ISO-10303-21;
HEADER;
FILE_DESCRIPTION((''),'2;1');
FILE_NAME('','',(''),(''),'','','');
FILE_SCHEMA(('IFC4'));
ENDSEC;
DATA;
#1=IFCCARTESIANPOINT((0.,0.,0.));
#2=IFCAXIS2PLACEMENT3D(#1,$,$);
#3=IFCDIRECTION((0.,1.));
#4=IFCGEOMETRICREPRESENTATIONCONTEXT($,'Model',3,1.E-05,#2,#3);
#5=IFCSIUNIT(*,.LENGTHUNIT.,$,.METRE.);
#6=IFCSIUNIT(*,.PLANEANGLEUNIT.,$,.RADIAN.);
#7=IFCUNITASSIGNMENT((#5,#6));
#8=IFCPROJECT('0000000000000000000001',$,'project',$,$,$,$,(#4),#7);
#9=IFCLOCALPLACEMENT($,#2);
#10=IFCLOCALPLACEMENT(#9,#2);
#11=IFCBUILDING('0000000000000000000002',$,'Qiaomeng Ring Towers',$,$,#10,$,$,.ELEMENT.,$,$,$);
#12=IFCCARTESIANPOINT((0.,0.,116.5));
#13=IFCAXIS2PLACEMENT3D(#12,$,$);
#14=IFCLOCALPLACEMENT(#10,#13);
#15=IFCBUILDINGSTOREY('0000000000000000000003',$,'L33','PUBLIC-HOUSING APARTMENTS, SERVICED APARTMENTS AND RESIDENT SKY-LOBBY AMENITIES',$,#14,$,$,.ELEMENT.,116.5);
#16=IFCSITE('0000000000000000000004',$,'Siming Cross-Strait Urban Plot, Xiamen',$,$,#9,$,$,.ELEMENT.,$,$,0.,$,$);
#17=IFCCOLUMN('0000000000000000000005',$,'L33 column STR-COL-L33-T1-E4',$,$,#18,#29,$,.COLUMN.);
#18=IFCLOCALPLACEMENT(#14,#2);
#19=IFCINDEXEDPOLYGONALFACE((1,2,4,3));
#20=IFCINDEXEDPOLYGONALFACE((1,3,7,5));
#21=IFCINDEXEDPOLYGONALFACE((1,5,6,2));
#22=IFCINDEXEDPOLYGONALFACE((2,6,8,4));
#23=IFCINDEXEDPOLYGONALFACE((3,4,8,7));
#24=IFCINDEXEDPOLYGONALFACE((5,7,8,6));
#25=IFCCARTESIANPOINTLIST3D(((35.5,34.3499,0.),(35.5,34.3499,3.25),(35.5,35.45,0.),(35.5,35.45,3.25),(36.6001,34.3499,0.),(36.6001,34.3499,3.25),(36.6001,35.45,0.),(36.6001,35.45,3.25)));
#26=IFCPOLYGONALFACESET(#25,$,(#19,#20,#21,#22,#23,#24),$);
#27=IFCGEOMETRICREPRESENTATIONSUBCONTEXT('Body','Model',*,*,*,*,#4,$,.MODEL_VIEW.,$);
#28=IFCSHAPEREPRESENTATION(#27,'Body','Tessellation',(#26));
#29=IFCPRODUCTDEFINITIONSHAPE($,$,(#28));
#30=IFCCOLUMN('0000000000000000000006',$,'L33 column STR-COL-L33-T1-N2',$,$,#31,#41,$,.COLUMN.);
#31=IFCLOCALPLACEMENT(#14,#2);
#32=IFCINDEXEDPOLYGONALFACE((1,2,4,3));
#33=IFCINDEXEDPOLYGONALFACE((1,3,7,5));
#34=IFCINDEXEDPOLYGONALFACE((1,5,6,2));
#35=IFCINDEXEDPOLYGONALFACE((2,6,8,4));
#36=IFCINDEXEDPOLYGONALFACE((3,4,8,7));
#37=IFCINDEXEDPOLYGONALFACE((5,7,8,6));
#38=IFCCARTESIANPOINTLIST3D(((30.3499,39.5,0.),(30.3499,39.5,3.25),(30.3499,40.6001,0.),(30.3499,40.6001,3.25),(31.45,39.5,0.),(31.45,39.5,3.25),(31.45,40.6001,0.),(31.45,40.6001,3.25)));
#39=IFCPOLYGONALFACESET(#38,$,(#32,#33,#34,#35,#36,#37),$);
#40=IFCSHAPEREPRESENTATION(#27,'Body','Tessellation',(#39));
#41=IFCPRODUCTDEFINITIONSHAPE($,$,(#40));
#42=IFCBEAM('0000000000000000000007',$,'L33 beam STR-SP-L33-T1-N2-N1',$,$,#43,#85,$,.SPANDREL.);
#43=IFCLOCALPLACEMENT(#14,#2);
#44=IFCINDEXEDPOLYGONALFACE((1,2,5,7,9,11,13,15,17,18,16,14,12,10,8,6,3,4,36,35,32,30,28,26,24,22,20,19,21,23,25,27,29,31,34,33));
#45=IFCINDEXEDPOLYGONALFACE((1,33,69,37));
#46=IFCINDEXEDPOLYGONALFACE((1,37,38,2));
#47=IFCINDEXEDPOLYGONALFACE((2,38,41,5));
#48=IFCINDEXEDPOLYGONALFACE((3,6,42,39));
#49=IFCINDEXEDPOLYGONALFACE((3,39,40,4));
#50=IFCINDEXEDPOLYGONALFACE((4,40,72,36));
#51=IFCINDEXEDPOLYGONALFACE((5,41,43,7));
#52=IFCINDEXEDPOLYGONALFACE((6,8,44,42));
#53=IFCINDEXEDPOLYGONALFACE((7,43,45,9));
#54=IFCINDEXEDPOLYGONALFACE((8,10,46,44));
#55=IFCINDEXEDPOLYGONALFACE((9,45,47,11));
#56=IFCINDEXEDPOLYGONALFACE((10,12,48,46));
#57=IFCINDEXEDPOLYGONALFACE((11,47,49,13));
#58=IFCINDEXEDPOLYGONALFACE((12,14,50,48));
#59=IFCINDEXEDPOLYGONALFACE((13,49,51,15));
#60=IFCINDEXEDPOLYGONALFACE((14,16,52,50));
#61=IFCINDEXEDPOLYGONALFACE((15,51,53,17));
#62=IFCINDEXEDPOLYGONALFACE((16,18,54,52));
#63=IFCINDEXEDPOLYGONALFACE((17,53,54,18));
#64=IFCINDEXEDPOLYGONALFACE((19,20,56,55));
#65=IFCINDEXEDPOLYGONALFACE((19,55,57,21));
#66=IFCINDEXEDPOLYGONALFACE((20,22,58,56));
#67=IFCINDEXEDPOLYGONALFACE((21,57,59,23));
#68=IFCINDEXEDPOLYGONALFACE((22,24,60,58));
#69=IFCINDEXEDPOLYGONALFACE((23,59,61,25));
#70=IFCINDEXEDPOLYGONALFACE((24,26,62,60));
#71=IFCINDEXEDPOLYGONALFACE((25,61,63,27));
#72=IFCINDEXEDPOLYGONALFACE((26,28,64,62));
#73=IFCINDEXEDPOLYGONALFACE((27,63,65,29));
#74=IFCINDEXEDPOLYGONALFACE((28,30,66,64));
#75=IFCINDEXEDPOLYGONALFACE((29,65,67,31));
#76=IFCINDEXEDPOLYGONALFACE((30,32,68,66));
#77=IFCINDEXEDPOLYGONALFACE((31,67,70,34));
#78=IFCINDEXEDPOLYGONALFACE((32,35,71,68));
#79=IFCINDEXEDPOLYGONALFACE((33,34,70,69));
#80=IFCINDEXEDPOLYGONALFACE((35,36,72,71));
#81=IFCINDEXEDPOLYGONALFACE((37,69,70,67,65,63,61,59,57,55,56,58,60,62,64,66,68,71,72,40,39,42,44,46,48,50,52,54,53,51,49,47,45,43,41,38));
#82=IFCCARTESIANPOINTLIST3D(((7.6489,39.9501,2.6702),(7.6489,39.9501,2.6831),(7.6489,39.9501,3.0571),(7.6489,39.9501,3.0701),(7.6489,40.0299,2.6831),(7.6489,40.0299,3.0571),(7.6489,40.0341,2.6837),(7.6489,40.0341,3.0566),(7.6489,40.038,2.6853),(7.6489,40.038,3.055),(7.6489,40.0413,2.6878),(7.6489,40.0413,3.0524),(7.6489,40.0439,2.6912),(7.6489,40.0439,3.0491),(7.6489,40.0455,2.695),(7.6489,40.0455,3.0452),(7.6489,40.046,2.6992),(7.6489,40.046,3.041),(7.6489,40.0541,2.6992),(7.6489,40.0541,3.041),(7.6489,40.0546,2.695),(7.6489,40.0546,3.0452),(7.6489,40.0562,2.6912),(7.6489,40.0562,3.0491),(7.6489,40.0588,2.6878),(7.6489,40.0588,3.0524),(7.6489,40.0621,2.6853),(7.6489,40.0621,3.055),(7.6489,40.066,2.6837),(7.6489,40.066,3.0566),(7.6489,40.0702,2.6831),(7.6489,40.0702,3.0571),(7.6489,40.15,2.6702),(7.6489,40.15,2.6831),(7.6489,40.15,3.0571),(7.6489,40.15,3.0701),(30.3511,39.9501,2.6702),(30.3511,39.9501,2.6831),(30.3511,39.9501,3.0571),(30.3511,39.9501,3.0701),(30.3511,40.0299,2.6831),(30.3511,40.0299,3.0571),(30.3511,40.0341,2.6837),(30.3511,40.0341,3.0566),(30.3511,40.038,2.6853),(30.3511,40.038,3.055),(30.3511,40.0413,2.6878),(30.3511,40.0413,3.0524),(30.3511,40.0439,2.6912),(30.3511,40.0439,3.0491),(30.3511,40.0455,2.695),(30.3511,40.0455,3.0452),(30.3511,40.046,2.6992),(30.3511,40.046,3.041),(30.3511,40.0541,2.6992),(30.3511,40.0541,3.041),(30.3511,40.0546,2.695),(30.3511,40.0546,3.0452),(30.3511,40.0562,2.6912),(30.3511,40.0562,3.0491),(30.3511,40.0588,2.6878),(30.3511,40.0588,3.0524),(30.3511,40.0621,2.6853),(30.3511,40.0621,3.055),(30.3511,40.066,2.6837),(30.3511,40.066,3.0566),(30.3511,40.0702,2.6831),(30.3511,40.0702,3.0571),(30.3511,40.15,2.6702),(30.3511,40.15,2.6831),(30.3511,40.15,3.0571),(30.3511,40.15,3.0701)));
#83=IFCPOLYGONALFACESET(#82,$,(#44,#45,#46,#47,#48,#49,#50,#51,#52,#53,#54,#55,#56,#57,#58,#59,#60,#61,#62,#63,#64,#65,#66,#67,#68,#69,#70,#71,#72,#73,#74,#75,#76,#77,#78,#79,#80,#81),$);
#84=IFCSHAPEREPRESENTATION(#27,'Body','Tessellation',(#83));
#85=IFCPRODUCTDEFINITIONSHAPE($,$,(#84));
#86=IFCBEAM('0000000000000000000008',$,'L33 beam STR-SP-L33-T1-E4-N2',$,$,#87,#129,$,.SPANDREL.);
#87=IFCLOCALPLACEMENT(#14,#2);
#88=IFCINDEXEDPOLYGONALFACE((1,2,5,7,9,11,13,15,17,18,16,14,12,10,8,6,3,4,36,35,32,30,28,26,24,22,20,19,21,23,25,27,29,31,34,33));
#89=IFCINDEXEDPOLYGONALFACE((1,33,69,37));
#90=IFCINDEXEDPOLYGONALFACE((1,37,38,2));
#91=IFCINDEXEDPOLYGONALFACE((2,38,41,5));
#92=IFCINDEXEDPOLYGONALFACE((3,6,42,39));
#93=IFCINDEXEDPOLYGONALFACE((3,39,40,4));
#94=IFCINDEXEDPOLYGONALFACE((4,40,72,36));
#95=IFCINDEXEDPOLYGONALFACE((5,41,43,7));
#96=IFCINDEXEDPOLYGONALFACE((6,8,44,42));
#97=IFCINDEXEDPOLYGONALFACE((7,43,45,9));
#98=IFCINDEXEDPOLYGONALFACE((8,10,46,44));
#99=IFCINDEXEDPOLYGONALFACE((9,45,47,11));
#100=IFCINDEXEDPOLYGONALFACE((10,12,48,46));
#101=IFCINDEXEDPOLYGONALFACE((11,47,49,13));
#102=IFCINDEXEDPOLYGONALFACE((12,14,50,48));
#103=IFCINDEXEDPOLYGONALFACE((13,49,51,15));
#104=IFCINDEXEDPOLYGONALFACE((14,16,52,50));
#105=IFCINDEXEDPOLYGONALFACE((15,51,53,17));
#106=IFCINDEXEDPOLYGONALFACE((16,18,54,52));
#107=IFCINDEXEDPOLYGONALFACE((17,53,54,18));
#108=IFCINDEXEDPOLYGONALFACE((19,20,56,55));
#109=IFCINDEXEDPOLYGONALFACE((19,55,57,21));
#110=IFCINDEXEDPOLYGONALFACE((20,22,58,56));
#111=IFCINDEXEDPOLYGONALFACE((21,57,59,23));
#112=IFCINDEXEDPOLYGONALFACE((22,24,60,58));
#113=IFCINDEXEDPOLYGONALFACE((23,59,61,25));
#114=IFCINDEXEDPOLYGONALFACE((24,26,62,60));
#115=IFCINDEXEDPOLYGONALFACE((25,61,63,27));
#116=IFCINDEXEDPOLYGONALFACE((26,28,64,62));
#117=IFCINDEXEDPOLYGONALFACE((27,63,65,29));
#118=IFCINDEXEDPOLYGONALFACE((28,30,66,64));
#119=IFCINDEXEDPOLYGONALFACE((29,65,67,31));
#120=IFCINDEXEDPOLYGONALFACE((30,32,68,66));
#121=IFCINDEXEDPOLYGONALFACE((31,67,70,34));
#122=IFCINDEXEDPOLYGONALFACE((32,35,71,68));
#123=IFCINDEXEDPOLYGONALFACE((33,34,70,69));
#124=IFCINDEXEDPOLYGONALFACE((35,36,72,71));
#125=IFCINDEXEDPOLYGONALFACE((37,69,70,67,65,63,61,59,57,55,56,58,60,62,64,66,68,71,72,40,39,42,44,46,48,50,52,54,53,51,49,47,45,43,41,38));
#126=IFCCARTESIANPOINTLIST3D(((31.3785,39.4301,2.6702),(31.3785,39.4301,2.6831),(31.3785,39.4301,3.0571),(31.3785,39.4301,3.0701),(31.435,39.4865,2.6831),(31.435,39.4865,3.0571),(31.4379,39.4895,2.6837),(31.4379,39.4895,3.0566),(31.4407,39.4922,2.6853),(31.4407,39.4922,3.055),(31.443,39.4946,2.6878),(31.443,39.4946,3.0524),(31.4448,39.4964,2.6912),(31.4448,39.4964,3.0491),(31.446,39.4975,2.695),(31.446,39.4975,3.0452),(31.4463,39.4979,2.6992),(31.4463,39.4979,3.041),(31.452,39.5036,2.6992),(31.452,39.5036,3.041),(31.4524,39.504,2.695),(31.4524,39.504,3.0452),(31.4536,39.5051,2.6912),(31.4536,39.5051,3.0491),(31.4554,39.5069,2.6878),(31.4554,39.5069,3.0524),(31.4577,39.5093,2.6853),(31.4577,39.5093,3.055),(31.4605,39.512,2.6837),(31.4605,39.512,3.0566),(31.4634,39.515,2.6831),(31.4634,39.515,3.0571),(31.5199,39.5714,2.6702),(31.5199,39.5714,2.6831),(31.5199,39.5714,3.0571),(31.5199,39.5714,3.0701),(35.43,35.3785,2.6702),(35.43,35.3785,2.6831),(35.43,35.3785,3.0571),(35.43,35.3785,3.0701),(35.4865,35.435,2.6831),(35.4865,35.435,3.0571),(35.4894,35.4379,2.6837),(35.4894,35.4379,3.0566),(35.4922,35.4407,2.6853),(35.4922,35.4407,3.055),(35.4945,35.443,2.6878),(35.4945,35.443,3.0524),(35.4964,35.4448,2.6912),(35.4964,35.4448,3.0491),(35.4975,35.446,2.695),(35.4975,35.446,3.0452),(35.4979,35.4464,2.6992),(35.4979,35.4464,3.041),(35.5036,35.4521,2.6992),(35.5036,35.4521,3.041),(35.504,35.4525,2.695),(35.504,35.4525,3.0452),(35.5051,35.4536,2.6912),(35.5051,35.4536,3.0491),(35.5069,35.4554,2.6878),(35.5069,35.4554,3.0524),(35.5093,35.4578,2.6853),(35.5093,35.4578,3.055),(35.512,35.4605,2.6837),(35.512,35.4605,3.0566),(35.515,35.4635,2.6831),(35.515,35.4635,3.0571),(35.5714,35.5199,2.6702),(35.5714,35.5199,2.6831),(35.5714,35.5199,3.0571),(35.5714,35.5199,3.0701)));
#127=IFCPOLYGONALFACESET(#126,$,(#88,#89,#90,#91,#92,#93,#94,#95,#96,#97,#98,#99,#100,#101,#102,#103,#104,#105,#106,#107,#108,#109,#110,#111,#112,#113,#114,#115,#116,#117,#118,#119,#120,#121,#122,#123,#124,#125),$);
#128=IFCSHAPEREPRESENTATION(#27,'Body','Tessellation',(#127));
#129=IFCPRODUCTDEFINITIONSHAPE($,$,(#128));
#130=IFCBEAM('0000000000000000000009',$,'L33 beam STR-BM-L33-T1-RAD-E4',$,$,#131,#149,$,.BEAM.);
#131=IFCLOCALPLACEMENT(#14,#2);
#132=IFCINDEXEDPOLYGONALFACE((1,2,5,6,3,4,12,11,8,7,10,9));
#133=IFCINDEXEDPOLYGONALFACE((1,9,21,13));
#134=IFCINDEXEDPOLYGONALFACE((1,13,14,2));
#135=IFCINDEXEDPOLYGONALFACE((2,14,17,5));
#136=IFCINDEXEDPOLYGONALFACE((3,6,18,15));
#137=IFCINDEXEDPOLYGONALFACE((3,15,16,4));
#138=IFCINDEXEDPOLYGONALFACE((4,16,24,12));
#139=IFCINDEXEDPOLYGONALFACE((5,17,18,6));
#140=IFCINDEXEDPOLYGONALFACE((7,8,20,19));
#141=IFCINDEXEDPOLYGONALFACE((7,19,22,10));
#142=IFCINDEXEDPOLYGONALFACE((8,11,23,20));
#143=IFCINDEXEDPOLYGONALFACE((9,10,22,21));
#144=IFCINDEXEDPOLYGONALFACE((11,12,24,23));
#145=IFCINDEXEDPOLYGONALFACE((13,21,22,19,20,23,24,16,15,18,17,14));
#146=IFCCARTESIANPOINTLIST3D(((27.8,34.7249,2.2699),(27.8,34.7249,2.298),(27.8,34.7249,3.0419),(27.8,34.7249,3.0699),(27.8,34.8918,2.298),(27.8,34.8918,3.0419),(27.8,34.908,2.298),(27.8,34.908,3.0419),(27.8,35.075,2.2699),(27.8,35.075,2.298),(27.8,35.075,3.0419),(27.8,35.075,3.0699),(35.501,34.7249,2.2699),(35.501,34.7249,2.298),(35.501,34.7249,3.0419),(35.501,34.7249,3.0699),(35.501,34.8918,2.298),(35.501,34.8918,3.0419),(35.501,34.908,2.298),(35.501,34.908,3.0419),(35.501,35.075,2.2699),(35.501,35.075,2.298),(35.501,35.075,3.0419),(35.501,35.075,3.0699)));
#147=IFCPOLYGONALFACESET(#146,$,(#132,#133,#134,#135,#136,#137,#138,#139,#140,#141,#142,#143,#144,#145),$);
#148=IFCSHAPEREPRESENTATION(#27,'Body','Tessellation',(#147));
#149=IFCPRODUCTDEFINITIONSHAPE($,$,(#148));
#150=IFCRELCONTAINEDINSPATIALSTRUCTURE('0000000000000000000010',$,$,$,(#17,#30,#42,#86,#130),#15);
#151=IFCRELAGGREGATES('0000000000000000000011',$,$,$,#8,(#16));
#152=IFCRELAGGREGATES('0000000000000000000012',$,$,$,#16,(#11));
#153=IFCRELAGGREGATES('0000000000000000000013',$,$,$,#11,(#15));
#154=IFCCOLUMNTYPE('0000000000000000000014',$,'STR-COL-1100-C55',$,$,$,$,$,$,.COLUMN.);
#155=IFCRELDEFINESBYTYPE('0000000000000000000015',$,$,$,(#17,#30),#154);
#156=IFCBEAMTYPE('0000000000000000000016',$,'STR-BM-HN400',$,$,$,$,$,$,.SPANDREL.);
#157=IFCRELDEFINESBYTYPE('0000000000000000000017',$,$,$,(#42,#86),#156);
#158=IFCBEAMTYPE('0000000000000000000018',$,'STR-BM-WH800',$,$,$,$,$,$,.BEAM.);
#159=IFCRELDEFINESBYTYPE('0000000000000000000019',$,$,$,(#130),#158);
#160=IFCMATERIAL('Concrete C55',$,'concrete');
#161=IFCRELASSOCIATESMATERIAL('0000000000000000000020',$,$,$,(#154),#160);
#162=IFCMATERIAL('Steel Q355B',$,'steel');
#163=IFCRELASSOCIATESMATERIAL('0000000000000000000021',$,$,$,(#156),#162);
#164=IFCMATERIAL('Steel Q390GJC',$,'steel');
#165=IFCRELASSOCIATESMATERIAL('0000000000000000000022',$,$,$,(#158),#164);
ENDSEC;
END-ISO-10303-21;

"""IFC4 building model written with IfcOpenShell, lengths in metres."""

from ifc_helpers import new_model, si_unit, direction, frame, origin, origin_2d, place, context, subcontext, project, spatial, rectangle, i_section, extrude, source, transform, mapped, material, material_profile, profile_set, type_object, element, save


model = new_model("IFC4")

# Units and contexts
model_context = context("Model", 3, precision=1e-05, world=origin(), true_north=direction((0.0, 1.0)))
body_context = subcontext(model_context, "Body", "Model", "MODEL_VIEW")
ifc_project = project(units=[si_unit("LENGTHUNIT", "METRE"), si_unit("PLANEANGLEUNIT", "RADIAN")], contexts=[model_context])

# Site, building, storey
site_placement = place(None, origin())
site = spatial("IfcSite", under=ifc_project, at=site_placement, Name="Siming Cross-Strait Urban Plot, Xiamen", CompositionType="ELEMENT", RefElevation=0.0)
building_placement = place(site_placement, origin())
building = spatial("IfcBuilding", under=site, at=building_placement, Name="Qiaomeng Ring Towers", CompositionType="ELEMENT")
storey_placement = place(building_placement, frame((0.0, 0.0, 116.5)))
storey = spatial("IfcBuildingStorey", under=building, at=storey_placement, Name="L33", Description="PUBLIC-HOUSING APARTMENTS, SERVICED APARTMENTS AND RESIDENT SKY-LOBBY AMENITIES", CompositionType="ELEMENT", Elevation=116.5)

# Columns
ifc_material_1 = material(Name="Concrete C55", Category="concrete")
ifc_material_profile_1 = material_profile(ifc_material_1, rectangle(XDim=1.1001, YDim=1.1001, at=origin_2d()), Name="RC COL 1100x1100")
ifc_profile_set_1 = profile_set([ifc_material_profile_1], Name="Concrete C55")
column_type = type_object("IfcColumnType", Name="STR-COL-1100-C55", PredefinedType="COLUMN", material=ifc_profile_set_1)
shared_shape_1 = source(origin(), body_context, "Body", "SweptSolid", [
    extrude(rectangle(XDim=1.1001, YDim=1.1001, at=origin_2d()), origin(), (0.0, 0.0, 1.0), 3.25),
])
for number, where, z_axis, x_axis, name in (
    (1, (36.05, 34.8999, 0.0), (0.0, 0.0, 1.0), (1.0, 0.0, 0.0), "L33 column STR-COL-L33-T1-E4"),
    (2, (30.8999, 40.05, 0.0), (0.0, 0.0, 1.0), (1.0, 0.0, 0.0), "L33 column STR-COL-L33-T1-N2"),
):
    element("IfcColumn", number, at=place(storey_placement, frame(where, z_axis=z_axis, x_axis=x_axis)), inside=storey, type_object=column_type, Name=name, PredefinedType="COLUMN", context=body_context, shape_type="MappedRepresentation", body=[
        mapped(shared_shape_1, transform((0.0, 0.0, 0.0), x_axis=(1.0, 0.0, 0.0), y_axis=(0.0, 1.0, 0.0), z_axis=(0.0, 0.0, 1.0), scale=1.0)),
    ])

# Beams
ifc_material_2 = material(Name="Steel Q355B", Category="steel")
ifc_material_profile_2 = material_profile(ifc_material_2, i_section(OverallWidth=0.2, OverallDepth=0.3999, WebThickness=0.0081, FlangeThickness=0.0129, FilletRadius=0.0161, at=origin_2d()), Name="HN 400x200x8x13")
ifc_profile_set_2 = profile_set([ifc_material_profile_2], Name="Steel Q355B")
beam_type_1 = type_object("IfcBeamType", Name="STR-BM-HN400", PredefinedType="SPANDREL", material=ifc_profile_set_2)
shared_shape_2 = source(origin(), body_context, "Body", "SweptSolid", [
    extrude(i_section(OverallWidth=0.2, OverallDepth=0.3999, WebThickness=0.0081, FlangeThickness=0.0129, FilletRadius=0.0161, at=origin_2d()), origin(), (0.0, 0.0, 1.0), 22.7021),
])
beam_1_placement = place(storey_placement, frame((30.3511, 40.05, 2.8701), z_axis=(-1.0, 0.0, 0.0), x_axis=(0.0, -1.0, 0.0)))
element("IfcBeam", 3, at=beam_1_placement, inside=storey, type_object=beam_type_1, Name="L33 beam STR-SP-L33-T1-N2-N1", PredefinedType="SPANDREL", context=body_context, shape_type="MappedRepresentation", body=[
    mapped(shared_shape_2, transform((0.0, 0.0, 0.0), x_axis=(1.0, 0.0, 0.0), y_axis=(0.0, 1.0, 0.0), z_axis=(0.0, 0.0, 1.0), scale=1.0)),
])
shared_shape_3 = source(origin(), body_context, "Body", "SweptSolid", [
    extrude(i_section(OverallWidth=0.2, OverallDepth=0.3999, WebThickness=0.0081, FlangeThickness=0.0129, FilletRadius=0.0161, at=origin_2d()), origin(), (0.0, 0.0, 1.0), 5.7297),
])
beam_2_placement = place(storey_placement, frame((35.5007, 35.4492, 2.8701), z_axis=(-0.707107, 0.707107, 0.0), x_axis=(-0.707107, -0.707107, 0.0)))
element("IfcBeam", 4, at=beam_2_placement, inside=storey, type_object=beam_type_1, Name="L33 beam STR-SP-L33-T1-E4-N2", PredefinedType="SPANDREL", context=body_context, shape_type="MappedRepresentation", body=[
    mapped(shared_shape_3, transform((0.0, 0.0, 0.0), x_axis=(1.0, 0.0, 0.0), y_axis=(0.0, 1.0, 0.0), z_axis=(0.0, 0.0, 1.0), scale=1.0)),
])
ifc_material_3 = material(Name="Steel Q390GJC", Category="steel")
ifc_material_profile_3 = material_profile(ifc_material_3, i_section(OverallWidth=0.3501, OverallDepth=0.8, WebThickness=0.0161, FlangeThickness=0.0281, at=origin_2d()), Name="WH 800x350x16x28")
ifc_profile_set_3 = profile_set([ifc_material_profile_3], Name="Steel Q390GJC")
beam_type_2 = type_object("IfcBeamType", Name="STR-BM-WH800", PredefinedType="BEAM", material=ifc_profile_set_3)
shared_shape_4 = source(origin(), body_context, "Body", "SweptSolid", [
    extrude(i_section(OverallWidth=0.3501, OverallDepth=0.8, WebThickness=0.0161, FlangeThickness=0.0281, at=origin_2d()), origin(), (0.0, 0.0, 1.0), 7.7009),
])
beam_3_placement = place(storey_placement, frame((27.8, 34.8999, 2.6699), z_axis=(1.0, 0.0, 0.0), x_axis=(0.0, 1.0, 0.0)))
element("IfcBeam", 5, at=beam_3_placement, inside=storey, type_object=beam_type_2, Name="L33 beam STR-BM-L33-T1-RAD-E4", PredefinedType="BEAM", context=body_context, shape_type="MappedRepresentation", body=[
    mapped(shared_shape_4, transform((0.0, 0.0, 0.0), x_axis=(1.0, 0.0, 0.0), y_axis=(0.0, 1.0, 0.0), z_axis=(0.0, 0.0, 1.0), scale=1.0)),
])

save(model, "model.ifc")
